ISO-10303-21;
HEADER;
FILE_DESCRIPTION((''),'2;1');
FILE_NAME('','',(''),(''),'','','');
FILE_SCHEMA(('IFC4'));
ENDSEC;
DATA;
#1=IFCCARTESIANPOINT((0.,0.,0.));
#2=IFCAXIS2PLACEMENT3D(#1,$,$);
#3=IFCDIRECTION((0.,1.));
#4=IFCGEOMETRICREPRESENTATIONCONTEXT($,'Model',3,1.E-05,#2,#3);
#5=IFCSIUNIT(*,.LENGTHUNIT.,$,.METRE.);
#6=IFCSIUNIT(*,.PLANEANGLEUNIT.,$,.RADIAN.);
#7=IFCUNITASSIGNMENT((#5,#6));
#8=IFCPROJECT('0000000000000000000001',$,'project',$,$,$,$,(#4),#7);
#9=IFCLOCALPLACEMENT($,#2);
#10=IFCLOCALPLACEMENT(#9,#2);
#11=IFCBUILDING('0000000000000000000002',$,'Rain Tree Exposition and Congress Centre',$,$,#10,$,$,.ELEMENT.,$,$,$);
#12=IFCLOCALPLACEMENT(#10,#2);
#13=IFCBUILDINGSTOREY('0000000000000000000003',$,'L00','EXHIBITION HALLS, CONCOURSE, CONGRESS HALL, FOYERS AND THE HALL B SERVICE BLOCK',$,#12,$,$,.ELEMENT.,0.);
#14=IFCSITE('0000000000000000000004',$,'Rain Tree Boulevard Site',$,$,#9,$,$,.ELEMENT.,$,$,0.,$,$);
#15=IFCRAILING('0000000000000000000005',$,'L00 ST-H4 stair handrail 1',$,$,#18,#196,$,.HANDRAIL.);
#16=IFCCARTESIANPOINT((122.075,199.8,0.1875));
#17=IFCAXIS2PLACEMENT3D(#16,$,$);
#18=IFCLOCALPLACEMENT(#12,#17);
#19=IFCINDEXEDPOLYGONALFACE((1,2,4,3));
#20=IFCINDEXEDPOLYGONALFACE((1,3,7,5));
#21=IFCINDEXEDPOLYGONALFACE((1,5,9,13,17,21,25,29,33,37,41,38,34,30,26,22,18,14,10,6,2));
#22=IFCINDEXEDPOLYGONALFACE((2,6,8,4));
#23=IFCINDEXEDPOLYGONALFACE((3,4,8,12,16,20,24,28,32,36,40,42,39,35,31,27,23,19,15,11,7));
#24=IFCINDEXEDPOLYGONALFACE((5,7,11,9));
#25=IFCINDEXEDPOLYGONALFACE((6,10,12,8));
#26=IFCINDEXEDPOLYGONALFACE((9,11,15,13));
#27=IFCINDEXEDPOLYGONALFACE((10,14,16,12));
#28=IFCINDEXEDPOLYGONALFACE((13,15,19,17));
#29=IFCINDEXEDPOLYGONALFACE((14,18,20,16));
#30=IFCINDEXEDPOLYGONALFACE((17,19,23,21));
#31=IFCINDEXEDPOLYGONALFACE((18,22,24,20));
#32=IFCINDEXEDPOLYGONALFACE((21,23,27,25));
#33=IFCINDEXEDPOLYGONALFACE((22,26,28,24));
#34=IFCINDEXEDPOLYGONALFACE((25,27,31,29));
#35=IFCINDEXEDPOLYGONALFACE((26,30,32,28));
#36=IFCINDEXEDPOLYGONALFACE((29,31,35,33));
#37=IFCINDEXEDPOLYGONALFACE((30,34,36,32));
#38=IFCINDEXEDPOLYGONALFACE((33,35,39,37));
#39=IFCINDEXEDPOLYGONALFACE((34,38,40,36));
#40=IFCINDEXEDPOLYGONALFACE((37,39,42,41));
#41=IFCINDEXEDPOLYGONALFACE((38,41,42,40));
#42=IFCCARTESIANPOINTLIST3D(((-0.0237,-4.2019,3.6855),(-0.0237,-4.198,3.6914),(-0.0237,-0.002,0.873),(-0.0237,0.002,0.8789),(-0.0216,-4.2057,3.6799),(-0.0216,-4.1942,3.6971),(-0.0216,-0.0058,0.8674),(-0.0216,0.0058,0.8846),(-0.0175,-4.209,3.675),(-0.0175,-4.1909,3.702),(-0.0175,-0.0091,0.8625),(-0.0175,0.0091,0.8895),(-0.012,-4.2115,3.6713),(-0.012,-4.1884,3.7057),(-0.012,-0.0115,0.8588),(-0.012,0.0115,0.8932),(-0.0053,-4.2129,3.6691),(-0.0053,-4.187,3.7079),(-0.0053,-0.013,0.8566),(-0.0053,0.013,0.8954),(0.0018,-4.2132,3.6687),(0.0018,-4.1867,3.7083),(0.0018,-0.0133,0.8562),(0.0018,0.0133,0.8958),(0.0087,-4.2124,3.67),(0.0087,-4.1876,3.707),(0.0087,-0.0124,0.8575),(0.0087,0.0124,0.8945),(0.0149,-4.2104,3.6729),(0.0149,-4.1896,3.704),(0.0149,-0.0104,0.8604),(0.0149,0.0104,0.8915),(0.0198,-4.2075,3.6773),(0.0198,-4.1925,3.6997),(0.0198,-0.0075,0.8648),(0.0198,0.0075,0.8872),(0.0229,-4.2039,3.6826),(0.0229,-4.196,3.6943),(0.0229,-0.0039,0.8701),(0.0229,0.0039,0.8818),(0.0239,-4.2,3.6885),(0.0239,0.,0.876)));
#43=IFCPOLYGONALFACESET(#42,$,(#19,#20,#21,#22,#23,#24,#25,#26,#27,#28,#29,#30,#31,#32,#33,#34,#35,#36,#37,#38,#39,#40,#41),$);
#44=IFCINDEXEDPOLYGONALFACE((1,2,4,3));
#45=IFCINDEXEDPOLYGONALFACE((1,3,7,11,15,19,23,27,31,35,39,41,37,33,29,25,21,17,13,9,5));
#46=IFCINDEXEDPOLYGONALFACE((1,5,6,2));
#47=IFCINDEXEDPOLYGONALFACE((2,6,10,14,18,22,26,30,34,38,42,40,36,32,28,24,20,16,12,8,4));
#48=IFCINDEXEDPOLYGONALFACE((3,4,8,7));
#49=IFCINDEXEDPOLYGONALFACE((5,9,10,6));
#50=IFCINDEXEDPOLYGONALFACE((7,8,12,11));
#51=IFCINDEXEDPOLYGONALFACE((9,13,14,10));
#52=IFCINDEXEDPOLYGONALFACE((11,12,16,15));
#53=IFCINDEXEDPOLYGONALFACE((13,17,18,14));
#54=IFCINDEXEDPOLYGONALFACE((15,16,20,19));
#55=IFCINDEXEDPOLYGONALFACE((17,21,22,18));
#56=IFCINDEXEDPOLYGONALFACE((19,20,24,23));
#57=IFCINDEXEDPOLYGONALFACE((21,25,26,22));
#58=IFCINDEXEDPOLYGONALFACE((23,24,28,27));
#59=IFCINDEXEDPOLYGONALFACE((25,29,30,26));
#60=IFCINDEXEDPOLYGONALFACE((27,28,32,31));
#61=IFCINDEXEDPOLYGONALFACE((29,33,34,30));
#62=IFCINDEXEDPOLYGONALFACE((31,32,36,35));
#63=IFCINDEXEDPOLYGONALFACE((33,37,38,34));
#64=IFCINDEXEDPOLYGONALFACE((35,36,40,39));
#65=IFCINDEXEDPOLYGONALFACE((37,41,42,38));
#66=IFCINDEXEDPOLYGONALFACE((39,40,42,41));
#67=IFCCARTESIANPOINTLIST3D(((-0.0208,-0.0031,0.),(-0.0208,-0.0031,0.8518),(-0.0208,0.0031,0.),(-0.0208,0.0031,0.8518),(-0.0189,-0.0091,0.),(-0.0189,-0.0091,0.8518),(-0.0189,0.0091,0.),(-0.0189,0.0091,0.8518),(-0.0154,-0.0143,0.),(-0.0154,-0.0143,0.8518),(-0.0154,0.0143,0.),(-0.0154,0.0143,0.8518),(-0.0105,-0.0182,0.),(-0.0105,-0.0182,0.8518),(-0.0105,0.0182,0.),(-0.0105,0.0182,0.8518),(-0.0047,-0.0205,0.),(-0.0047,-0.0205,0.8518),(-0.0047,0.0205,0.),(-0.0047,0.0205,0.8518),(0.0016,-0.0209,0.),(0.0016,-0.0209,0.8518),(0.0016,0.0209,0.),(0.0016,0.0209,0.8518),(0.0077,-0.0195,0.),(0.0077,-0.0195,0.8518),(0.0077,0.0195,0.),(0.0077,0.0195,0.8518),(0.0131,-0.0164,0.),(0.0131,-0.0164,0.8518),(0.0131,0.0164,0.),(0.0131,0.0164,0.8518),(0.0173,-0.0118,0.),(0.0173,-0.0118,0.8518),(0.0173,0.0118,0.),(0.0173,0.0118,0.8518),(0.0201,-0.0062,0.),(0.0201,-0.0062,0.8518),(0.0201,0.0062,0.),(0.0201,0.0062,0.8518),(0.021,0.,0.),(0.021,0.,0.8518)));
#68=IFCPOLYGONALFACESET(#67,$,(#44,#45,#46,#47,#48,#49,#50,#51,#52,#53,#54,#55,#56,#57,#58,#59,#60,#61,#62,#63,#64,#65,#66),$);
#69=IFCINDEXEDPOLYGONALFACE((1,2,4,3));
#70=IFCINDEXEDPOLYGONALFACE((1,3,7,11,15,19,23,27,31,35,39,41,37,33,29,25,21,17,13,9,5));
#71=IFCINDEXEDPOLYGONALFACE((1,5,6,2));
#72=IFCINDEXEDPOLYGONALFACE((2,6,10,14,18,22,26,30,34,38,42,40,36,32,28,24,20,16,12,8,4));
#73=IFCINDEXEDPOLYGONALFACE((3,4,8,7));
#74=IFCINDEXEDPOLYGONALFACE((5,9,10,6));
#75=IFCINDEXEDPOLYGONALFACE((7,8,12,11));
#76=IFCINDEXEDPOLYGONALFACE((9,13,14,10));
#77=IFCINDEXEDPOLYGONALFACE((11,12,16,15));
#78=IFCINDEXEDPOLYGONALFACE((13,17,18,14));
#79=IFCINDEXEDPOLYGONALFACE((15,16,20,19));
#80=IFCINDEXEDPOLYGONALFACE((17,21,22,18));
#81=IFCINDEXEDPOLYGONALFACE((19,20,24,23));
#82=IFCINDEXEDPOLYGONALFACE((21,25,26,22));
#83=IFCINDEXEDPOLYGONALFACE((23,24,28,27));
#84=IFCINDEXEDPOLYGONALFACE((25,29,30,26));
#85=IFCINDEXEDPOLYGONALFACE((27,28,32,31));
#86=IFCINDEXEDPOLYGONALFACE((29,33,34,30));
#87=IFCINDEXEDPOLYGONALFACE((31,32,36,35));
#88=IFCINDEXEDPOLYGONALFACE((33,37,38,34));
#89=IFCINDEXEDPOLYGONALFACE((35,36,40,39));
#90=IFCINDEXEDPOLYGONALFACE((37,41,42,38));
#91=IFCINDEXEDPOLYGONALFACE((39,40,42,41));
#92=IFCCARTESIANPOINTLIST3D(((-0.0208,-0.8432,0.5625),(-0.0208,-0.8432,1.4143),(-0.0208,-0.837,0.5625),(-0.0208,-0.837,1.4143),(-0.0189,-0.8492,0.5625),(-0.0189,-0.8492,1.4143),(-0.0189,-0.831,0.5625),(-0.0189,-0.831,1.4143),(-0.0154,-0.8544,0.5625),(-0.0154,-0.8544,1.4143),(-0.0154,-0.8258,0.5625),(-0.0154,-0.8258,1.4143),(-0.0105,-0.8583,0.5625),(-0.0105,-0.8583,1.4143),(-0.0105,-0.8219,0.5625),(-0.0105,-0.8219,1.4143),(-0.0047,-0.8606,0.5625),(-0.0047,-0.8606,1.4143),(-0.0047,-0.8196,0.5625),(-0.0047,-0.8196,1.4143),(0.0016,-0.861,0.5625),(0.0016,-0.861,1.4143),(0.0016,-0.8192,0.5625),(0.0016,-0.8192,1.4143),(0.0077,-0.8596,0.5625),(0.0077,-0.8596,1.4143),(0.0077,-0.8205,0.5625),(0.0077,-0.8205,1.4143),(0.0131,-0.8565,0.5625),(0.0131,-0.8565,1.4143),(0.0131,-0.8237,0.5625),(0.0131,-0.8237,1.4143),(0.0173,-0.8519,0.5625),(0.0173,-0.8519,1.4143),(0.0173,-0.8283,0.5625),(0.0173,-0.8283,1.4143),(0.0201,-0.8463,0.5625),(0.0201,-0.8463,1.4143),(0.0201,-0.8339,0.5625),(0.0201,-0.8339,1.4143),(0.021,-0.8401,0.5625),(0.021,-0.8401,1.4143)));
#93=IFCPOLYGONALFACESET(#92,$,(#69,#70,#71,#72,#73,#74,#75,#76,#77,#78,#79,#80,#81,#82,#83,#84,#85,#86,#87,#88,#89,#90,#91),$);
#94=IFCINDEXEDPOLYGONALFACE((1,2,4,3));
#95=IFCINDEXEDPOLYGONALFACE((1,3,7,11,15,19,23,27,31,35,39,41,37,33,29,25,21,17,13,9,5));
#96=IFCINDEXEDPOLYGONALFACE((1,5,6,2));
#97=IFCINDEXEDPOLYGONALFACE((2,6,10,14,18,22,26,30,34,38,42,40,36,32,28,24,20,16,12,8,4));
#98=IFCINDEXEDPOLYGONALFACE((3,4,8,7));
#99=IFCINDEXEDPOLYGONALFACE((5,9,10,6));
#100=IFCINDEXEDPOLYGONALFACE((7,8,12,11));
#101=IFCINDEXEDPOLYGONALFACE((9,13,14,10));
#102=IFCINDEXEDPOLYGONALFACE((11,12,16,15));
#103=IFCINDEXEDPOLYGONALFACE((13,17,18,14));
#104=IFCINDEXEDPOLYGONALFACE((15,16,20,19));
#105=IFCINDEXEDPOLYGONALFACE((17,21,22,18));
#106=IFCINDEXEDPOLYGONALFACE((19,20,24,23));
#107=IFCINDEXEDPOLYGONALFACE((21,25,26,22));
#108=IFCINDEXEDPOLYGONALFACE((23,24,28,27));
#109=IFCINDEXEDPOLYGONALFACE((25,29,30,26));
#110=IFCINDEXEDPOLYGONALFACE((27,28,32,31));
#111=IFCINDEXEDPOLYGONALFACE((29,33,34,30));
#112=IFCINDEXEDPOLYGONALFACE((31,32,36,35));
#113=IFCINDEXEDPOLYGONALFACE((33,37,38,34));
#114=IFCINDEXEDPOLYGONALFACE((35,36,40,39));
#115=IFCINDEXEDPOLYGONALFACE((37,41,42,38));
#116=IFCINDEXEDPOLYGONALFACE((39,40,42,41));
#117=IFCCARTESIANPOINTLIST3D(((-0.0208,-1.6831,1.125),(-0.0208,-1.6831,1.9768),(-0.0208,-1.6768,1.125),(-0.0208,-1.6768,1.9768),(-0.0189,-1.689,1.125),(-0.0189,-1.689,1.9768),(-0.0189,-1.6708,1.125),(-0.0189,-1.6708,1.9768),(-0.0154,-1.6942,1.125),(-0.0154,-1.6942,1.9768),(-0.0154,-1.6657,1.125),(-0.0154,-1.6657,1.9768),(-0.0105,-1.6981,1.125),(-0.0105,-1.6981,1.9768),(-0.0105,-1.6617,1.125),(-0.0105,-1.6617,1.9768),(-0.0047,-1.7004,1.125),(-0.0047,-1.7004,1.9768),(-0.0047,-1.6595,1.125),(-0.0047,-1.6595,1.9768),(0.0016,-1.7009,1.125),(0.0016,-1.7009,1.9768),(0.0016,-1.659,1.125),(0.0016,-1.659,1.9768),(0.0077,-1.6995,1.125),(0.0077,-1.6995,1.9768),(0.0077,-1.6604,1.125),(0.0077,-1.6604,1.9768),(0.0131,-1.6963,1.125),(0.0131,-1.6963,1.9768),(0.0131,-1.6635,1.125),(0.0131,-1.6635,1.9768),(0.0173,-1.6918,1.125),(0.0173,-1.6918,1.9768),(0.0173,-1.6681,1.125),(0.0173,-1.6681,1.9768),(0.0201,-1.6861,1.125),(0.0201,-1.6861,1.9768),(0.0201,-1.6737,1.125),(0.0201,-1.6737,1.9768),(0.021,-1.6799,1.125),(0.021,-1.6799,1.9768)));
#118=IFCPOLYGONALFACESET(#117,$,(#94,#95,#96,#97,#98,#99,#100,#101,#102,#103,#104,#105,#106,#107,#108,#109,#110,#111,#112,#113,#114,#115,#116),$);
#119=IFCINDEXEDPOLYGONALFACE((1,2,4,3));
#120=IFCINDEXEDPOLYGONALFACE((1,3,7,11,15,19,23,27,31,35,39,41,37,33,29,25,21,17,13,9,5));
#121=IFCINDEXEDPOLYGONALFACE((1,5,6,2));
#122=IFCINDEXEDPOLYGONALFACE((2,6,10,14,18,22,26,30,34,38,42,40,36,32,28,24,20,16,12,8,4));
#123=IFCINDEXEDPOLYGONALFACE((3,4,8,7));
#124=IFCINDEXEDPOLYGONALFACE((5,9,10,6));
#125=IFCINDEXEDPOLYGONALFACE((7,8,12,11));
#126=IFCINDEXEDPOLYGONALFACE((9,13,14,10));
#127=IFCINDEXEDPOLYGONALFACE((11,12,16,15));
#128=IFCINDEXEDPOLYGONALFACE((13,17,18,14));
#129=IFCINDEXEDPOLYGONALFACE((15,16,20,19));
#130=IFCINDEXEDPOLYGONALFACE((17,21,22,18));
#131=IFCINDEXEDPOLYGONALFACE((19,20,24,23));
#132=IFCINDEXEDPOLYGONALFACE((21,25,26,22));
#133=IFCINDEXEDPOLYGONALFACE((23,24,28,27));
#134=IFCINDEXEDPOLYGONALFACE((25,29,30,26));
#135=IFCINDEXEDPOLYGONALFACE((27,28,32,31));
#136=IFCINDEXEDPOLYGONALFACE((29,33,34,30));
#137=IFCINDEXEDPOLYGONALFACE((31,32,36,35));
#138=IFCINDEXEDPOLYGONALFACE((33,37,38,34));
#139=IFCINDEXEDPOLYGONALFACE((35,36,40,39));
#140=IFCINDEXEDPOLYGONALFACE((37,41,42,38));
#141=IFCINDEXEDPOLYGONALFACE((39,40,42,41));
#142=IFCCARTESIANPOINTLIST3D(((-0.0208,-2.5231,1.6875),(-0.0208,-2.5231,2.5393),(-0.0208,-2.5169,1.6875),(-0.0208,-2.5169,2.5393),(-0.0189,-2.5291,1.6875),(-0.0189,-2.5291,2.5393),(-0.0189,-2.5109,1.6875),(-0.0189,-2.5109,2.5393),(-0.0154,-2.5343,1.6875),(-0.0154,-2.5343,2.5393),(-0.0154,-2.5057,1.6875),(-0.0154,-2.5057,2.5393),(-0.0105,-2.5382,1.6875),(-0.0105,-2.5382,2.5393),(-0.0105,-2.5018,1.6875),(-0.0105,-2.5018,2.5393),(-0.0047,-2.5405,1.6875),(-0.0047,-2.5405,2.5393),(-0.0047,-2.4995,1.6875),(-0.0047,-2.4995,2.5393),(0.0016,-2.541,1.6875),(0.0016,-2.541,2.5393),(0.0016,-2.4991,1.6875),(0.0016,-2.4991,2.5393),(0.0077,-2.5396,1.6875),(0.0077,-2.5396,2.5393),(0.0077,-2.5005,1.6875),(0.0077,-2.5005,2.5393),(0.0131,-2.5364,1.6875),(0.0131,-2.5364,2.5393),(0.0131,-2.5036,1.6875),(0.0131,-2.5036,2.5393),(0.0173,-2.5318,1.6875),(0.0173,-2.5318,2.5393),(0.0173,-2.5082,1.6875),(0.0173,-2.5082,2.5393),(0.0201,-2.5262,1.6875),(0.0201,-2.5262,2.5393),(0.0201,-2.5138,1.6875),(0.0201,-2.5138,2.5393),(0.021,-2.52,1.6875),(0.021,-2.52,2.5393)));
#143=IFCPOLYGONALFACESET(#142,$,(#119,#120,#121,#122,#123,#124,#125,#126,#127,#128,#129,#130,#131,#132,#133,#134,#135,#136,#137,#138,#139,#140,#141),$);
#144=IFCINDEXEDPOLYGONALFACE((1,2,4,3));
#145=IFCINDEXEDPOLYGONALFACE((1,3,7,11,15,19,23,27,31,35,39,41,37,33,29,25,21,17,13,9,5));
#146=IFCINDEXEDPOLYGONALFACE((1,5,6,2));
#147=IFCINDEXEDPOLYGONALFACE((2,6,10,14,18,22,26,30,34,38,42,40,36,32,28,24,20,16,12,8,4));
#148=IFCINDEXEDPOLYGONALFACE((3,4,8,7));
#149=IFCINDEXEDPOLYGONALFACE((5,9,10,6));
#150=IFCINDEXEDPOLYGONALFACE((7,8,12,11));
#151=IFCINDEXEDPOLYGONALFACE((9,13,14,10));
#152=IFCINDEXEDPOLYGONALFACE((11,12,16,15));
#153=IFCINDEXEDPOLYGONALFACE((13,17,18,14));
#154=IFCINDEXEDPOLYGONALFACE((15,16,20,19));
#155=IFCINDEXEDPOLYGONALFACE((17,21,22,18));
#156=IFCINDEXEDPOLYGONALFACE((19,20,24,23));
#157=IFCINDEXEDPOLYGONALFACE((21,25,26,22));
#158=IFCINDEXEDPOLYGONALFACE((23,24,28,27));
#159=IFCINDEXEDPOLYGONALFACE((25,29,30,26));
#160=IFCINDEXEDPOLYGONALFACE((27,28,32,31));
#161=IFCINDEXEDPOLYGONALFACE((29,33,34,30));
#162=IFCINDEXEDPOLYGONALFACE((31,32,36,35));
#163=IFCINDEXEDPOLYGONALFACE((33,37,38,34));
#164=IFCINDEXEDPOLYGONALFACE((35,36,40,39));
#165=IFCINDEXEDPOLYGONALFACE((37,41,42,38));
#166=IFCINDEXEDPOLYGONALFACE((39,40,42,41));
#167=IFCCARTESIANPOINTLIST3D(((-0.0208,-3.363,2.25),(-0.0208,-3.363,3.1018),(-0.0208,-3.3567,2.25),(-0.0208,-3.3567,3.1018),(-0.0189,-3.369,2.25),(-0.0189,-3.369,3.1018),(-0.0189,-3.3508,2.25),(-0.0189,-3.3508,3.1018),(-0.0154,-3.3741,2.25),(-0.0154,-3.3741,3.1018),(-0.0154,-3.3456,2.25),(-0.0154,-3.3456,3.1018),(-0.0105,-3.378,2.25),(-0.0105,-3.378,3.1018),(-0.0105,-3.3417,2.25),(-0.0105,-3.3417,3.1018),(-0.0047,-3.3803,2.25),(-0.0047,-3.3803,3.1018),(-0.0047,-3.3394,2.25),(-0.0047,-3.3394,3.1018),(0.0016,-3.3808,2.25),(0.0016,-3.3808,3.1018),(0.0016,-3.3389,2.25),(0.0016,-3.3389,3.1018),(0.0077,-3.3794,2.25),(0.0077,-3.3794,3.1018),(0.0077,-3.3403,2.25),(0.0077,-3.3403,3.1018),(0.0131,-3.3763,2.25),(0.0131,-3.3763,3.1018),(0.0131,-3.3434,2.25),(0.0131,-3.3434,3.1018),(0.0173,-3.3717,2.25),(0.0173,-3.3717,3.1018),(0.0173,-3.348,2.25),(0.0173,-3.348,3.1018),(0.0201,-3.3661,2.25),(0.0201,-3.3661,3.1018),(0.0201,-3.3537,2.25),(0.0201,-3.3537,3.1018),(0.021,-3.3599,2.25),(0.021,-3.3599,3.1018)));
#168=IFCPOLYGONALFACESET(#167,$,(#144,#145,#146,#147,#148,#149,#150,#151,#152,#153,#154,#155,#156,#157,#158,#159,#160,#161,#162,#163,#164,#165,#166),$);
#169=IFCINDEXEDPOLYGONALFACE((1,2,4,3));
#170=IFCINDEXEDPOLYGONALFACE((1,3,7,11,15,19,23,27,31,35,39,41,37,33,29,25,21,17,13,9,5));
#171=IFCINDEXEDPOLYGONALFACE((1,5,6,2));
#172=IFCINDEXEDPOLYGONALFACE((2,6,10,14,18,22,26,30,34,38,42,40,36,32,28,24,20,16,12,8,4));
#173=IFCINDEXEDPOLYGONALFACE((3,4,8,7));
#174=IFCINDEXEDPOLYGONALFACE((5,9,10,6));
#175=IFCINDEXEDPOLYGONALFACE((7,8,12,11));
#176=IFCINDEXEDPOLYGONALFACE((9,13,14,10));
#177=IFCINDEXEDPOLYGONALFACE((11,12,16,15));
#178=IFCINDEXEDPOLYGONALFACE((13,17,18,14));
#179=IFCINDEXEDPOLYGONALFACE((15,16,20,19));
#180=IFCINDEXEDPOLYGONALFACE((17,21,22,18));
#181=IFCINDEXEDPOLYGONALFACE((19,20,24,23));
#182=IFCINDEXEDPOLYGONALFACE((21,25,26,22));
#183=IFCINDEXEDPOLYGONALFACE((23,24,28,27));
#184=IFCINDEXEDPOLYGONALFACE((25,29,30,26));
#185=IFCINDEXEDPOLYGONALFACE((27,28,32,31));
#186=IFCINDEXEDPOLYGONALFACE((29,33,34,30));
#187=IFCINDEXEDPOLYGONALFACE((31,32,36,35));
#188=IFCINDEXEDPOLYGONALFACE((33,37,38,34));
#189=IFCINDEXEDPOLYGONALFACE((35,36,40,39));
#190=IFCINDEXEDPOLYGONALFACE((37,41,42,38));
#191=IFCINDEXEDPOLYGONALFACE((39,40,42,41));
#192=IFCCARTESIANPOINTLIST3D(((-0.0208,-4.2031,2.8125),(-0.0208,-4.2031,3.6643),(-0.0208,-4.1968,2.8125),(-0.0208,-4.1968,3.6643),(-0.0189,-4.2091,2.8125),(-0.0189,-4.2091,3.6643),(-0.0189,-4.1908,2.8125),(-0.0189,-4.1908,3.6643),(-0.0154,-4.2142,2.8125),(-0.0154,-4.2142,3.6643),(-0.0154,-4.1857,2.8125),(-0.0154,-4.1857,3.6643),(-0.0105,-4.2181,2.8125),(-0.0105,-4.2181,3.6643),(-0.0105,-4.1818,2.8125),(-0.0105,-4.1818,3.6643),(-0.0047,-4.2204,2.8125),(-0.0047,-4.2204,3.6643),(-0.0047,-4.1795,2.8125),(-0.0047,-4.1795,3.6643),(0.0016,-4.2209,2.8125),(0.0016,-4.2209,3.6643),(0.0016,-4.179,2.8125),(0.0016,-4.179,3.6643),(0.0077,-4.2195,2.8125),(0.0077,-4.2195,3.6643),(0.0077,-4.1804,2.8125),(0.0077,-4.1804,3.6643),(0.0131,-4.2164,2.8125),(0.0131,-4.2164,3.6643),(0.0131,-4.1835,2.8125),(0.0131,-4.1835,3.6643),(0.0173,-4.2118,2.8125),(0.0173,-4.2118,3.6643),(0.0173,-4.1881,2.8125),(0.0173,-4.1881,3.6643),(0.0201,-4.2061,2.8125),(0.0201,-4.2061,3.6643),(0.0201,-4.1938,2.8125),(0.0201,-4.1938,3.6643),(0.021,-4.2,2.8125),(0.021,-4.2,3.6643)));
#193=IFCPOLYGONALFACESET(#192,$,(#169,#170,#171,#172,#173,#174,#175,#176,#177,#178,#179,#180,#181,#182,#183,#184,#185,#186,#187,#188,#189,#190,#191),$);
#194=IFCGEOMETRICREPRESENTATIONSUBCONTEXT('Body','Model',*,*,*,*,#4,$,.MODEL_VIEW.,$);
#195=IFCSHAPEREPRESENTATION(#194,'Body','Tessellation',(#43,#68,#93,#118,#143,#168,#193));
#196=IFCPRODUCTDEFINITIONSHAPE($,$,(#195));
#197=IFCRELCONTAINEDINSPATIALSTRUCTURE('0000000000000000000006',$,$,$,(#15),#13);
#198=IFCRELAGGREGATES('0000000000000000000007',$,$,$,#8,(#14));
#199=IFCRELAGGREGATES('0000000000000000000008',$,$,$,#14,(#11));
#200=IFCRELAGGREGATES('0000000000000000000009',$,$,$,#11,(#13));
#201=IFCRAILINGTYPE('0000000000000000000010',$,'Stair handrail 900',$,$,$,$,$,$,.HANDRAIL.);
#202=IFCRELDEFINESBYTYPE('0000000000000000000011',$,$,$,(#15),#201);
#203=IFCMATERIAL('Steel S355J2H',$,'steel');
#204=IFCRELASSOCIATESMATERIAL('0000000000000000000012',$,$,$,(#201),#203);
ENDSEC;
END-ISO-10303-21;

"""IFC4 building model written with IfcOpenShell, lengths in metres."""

from ifc_helpers import new_model, si_unit, direction, frame, origin, origin_2d, place, context, subcontext, project, spatial, circle, extrude, material, type_object, element, save


model = new_model("IFC4")

# Units and contexts
model_context = context("Model", 3, precision=1e-05, world=origin(), true_north=direction((0.0, 1.0)))
body_context = subcontext(model_context, "Body", "Model", "MODEL_VIEW")
ifc_project = project(units=[si_unit("LENGTHUNIT", "METRE"), si_unit("PLANEANGLEUNIT", "RADIAN")], contexts=[model_context])

# Site, building, storey
site_placement = place(None, origin())
site = spatial("IfcSite", under=ifc_project, at=site_placement, Name="Rain Tree Boulevard Site", CompositionType="ELEMENT", RefElevation=0.0)
building_placement = place(site_placement, origin())
building = spatial("IfcBuilding", under=site, at=building_placement, Name="Rain Tree Exposition and Congress Centre", CompositionType="ELEMENT")
storey_placement = place(building_placement, origin())
storey = spatial("IfcBuildingStorey", under=building, at=storey_placement, Name="L00", Description="EXHIBITION HALLS, CONCOURSE, CONGRESS HALL, FOYERS AND THE HALL B SERVICE BLOCK", CompositionType="ELEMENT", Elevation=0.0)

# Railing
ifc_material_1 = material(Name="Steel S355J2H", Category="steel")
railing_type_1 = type_object("IfcRailingType", Name="Stair handrail 900", PredefinedType="HANDRAIL", material=ifc_material_1)
railing_1_placement = place(storey_placement, frame((122.075, 199.8, 0.1875)))
element("IfcRailing", 1, at=railing_1_placement, inside=storey, type_object=railing_type_1, Name="L00 ST-H4 stair handrail 1", PredefinedType="HANDRAIL", context=body_context, shape_type="SweptSolid", body=[
    extrude(circle(Radius=0.0239, at=origin_2d()), frame((0.0, 0.0, 0.876), z_axis=(0.0, -0.830904, 0.556416), x_axis=(1.0, 0.0, 0.0)), (0.0, 0.0, 1.0), 5.0547),
    extrude(circle(Radius=0.021, at=origin_2d()), origin(), (0.0, 0.0, 1.0), 0.8518),
    extrude(circle(Radius=0.021, at=origin_2d()), frame((0.0, -0.8401, 0.5625)), (0.0, 0.0, 1.0), 0.8518),
    extrude(circle(Radius=0.021, at=origin_2d()), frame((0.0, -1.6799, 1.125)), (0.0, 0.0, 1.0), 0.8518),
    extrude(circle(Radius=0.021, at=origin_2d()), frame((0.0, -2.52, 1.6875)), (0.0, 0.0, 1.0), 0.8518),
    extrude(circle(Radius=0.021, at=origin_2d()), frame((0.0, -3.3599, 2.25)), (0.0, 0.0, 1.0), 0.8518),
    extrude(circle(Radius=0.021, at=origin_2d()), frame((0.0, -4.2, 2.8125)), (0.0, 0.0, 1.0), 0.8518),
])

save(model, "model.ifc")
